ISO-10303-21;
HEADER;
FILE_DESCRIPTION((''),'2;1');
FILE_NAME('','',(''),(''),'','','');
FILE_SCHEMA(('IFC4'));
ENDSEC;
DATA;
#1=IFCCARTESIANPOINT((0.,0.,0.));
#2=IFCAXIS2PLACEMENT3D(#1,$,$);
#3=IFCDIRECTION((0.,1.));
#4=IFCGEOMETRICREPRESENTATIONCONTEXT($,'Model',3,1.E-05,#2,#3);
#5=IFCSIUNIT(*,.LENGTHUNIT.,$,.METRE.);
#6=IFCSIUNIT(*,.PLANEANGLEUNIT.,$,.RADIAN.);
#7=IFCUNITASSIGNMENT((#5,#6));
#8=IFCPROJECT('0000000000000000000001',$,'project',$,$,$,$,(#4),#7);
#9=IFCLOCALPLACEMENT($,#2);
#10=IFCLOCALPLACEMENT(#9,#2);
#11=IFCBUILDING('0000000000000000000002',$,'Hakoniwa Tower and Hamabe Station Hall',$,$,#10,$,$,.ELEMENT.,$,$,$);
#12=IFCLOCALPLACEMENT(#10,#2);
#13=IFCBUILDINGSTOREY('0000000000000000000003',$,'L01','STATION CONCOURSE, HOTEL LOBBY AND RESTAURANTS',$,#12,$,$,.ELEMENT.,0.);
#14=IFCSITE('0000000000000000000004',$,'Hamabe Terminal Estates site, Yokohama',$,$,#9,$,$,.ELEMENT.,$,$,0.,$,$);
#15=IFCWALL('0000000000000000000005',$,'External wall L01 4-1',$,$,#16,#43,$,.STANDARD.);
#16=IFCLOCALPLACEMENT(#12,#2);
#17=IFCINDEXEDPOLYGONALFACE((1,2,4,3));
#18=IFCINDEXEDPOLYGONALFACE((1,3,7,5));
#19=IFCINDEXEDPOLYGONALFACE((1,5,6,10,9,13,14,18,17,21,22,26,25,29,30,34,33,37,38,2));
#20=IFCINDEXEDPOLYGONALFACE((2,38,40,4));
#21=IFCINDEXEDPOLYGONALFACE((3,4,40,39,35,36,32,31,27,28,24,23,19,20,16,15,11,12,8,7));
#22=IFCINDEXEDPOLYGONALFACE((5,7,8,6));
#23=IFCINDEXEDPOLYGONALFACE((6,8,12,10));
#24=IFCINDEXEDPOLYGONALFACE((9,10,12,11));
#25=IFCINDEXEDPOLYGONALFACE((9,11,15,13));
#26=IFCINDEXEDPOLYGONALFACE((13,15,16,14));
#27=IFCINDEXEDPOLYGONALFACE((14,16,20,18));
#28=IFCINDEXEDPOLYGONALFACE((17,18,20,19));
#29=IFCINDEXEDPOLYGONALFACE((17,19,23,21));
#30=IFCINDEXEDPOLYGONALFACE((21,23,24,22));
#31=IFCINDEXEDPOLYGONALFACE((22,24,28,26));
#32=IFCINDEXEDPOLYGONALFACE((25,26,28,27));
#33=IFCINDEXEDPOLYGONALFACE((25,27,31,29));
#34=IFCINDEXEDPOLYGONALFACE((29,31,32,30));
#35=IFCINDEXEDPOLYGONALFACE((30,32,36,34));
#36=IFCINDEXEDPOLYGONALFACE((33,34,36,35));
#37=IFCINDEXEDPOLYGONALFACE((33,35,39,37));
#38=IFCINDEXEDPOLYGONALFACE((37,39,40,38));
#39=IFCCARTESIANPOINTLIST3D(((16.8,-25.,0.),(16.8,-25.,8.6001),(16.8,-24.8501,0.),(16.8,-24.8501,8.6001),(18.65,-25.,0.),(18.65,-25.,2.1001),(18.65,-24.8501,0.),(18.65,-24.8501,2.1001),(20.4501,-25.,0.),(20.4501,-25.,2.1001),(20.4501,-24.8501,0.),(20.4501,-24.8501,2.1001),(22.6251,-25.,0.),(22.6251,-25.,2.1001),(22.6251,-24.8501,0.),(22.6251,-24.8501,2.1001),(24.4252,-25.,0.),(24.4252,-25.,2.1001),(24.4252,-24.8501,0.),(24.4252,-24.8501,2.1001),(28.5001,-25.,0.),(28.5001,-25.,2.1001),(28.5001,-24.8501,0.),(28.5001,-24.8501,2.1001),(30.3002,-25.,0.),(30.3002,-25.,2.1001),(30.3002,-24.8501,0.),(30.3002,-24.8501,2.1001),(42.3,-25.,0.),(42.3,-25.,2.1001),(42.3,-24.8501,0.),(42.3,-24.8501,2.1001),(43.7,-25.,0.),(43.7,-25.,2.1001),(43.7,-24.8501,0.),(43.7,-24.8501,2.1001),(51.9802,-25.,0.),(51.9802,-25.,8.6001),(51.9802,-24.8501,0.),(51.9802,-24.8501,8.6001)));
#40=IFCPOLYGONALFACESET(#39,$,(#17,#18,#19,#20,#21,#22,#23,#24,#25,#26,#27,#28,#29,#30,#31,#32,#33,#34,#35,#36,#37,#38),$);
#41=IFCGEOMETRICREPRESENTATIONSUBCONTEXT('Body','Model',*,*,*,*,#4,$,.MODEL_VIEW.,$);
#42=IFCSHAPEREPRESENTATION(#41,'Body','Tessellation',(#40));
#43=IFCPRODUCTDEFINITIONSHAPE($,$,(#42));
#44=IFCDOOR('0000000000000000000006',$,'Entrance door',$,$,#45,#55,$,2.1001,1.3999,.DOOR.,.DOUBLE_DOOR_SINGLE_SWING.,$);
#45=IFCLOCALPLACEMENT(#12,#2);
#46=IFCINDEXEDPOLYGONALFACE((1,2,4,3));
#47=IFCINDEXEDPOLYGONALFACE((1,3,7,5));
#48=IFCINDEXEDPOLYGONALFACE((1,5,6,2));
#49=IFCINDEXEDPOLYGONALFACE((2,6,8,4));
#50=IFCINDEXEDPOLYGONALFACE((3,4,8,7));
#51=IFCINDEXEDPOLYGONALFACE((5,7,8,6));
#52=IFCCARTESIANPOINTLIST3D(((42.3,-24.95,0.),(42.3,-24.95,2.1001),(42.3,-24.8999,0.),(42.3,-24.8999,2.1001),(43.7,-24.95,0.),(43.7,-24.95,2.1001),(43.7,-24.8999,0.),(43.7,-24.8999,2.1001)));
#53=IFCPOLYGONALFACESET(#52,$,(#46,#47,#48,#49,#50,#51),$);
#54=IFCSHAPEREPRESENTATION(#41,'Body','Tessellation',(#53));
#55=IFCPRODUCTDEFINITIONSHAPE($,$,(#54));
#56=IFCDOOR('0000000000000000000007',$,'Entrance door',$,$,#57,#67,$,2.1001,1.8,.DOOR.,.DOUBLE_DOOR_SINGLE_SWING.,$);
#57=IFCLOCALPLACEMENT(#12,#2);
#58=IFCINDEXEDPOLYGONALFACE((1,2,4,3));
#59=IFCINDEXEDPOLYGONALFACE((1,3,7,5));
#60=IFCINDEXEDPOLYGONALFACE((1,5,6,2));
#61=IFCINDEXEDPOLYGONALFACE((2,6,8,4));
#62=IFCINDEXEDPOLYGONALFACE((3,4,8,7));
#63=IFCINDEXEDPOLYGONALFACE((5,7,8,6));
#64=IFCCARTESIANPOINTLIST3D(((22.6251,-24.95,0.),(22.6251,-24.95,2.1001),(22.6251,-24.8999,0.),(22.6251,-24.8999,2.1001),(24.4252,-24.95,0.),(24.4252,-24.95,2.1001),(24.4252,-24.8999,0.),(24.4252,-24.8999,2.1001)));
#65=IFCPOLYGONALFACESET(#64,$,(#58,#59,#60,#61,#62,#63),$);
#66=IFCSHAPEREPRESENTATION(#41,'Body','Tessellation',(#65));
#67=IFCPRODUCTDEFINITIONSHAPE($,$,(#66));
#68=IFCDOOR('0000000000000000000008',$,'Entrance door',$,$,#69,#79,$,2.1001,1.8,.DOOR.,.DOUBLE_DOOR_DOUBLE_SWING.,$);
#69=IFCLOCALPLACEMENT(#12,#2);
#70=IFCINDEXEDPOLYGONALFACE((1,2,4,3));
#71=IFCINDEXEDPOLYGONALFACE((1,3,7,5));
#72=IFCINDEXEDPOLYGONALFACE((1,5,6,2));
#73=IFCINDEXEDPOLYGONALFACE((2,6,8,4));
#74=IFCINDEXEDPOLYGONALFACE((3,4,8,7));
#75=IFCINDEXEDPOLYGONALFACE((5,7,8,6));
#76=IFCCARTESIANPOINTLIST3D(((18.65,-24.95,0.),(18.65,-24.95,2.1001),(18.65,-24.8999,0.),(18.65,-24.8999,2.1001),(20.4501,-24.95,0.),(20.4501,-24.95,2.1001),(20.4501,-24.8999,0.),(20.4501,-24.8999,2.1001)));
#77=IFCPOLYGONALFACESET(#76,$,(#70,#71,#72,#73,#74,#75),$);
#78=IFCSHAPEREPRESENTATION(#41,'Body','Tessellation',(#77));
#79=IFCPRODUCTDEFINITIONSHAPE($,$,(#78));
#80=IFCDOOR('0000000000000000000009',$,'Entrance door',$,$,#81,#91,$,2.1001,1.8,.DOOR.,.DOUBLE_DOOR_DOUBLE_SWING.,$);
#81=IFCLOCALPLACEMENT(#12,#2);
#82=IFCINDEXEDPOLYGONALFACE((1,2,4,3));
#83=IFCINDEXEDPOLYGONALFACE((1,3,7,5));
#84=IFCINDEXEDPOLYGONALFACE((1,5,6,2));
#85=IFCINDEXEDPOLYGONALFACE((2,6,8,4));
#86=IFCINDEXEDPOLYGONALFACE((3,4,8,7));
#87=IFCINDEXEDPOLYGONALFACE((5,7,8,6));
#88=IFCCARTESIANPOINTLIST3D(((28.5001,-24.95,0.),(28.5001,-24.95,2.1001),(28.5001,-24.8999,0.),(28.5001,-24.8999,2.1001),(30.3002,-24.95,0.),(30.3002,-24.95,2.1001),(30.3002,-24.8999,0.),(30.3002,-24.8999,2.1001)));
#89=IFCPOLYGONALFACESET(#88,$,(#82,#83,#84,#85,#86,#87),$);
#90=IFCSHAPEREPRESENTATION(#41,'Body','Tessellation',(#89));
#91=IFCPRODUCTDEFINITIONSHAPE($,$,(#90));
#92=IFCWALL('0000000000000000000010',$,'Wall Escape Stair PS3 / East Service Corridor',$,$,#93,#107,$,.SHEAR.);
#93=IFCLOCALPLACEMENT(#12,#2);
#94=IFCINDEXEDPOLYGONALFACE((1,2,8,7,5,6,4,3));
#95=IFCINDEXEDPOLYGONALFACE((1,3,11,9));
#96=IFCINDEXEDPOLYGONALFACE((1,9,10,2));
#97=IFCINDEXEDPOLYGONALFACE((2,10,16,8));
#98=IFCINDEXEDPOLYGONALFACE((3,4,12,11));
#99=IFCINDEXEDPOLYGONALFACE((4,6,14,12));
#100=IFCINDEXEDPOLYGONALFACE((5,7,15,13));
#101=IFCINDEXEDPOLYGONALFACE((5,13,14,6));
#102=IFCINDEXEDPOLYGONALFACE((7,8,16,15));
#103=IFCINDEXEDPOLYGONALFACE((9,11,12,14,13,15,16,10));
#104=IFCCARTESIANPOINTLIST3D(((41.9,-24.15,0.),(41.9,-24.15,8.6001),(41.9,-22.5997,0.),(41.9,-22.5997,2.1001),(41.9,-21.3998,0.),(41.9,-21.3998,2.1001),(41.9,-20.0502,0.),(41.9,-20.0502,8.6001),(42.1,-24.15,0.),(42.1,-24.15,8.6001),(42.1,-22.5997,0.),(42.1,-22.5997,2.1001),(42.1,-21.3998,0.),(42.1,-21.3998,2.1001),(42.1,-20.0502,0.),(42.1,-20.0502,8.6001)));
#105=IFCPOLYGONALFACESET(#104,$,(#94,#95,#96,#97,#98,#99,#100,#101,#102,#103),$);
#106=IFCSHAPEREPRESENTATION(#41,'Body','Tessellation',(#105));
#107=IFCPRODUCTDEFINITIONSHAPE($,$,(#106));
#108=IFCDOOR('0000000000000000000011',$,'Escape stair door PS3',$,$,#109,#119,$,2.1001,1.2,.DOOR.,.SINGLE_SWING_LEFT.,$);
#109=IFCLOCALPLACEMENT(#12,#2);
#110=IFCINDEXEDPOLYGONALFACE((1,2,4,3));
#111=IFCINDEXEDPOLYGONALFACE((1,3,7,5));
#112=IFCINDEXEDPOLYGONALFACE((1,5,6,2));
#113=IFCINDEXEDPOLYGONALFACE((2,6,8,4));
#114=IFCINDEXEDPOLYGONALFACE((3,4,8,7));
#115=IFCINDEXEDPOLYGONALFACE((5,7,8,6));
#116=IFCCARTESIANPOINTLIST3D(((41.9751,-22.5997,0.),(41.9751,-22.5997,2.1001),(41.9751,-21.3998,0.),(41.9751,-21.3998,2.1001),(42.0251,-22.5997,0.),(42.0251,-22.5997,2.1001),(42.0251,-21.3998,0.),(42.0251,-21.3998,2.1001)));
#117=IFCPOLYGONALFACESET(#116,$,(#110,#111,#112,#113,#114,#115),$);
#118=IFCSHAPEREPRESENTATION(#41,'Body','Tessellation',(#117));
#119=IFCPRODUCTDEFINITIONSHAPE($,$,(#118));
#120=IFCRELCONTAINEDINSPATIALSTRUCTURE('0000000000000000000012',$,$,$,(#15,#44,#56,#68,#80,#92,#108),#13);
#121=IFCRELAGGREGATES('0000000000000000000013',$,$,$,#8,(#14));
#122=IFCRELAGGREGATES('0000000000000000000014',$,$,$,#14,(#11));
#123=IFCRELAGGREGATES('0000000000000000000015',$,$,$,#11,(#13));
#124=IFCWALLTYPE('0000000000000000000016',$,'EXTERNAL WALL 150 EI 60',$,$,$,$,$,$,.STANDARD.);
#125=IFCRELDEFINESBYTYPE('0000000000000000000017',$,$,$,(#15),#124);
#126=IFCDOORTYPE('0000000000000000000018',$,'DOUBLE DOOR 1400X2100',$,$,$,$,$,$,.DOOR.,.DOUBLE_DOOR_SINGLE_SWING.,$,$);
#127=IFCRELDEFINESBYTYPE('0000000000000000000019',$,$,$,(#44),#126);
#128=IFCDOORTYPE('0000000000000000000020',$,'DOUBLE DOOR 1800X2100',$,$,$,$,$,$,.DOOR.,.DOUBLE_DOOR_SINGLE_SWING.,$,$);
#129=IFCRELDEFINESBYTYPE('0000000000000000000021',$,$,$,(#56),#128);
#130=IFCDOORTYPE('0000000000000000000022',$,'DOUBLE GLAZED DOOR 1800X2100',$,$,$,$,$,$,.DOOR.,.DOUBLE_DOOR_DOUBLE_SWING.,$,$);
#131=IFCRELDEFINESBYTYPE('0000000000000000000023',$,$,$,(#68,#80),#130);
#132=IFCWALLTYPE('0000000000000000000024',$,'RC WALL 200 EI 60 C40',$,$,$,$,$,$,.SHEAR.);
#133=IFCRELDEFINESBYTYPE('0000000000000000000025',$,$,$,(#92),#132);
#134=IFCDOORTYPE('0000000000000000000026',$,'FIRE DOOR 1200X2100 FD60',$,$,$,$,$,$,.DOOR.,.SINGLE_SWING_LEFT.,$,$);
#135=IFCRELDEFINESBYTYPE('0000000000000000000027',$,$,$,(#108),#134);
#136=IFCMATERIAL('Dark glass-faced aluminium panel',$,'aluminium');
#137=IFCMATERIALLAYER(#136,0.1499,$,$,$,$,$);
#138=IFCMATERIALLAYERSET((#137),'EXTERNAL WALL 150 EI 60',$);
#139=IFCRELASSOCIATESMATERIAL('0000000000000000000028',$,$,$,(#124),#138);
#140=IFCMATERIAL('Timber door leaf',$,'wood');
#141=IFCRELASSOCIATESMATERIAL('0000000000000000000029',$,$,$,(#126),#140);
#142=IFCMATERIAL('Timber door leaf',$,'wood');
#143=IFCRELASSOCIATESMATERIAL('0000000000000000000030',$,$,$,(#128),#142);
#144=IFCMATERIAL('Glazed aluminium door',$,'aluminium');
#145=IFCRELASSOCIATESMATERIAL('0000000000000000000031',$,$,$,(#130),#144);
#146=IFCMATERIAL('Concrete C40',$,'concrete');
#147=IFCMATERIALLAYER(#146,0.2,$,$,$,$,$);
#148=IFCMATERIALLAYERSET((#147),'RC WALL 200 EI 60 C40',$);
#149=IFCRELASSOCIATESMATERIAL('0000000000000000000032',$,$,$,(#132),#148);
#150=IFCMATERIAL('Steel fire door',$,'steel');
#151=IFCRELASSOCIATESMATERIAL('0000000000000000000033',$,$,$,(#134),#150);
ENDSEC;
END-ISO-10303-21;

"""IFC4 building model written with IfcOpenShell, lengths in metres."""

from ifc_helpers import new_model, si_unit, direction, frame, frame_2d, origin, place, context, subcontext, project, spatial, rectangle, extrude, material, layer, layer_set, type_object, element, fill, save


model = new_model("IFC4")

# Units and contexts
model_context = context("Model", 3, precision=1e-05, world=origin(), true_north=direction((0.0, 1.0)))
body_context = subcontext(model_context, "Body", "Model", "MODEL_VIEW")
ifc_project = project(units=[si_unit("LENGTHUNIT", "METRE"), si_unit("PLANEANGLEUNIT", "RADIAN")], contexts=[model_context])

# Site, building, storey
site_placement = place(None, origin())
site = spatial("IfcSite", under=ifc_project, at=site_placement, Name="Hamabe Terminal Estates site, Yokohama", CompositionType="ELEMENT", RefElevation=0.0)
building_placement = place(site_placement, origin())
building = spatial("IfcBuilding", under=site, at=building_placement, Name="Hakoniwa Tower and Hamabe Station Hall", CompositionType="ELEMENT")
storey_placement = place(building_placement, origin())
storey = spatial("IfcBuildingStorey", under=building, at=storey_placement, Name="L01", Description="STATION CONCOURSE, HOTEL LOBBY AND RESTAURANTS", CompositionType="ELEMENT", Elevation=0.0)

# Shared definitions
ifc_material_1 = material(Name="Dark glass-faced aluminium panel", Category="aluminium")
ifc_layer_1 = layer(ifc_material_1, 0.1499)
ifc_layer_set_1 = layer_set([ifc_layer_1], Name="EXTERNAL WALL 150 EI 60")
wall_type_1 = type_object("IfcWallType", Name="EXTERNAL WALL 150 EI 60", PredefinedType="STANDARD", material=ifc_layer_set_1)

# Wall, openings, doors
wall_1_placement = place(storey_placement, frame((51.9802, -24.925, 0.0), z_axis=(0.0, 0.0, 1.0), x_axis=(-1.0, 0.0, 0.0)))
wall_1 = element("IfcWall", 1, at=wall_1_placement, inside=storey, type_object=wall_type_1, Name="External wall L01 4-1", PredefinedType="STANDARD", context=body_context, shape_type="SweptSolid", body=[
    extrude(rectangle(XDim=35.1802, YDim=0.1499, at=frame_2d((17.5901, 0.0))), origin(), (0.0, 0.0, 1.0), 8.6001),
])
opening_1_placement = place(wall_1_placement, frame((8.2803, 0.0, 0.0)))
opening_1 = element("IfcOpeningElement", 2, at=opening_1_placement, cuts=wall_1, PredefinedType="OPENING", context=body_context, shape_type="SweptSolid", body=[
    extrude(rectangle(XDim=1.3999, YDim=2.1001, at=frame_2d((0.7, 1.05))), frame((0.0, 0.085, 0.0), z_axis=(0.0, -1.0, 0.0), x_axis=(1.0, 0.0, 0.0)), (0.0, 0.0, 1.0), 0.1699),
])
opening_2_placement = place(wall_1_placement, frame((27.5552, 0.0, 0.0)))
opening_2 = element("IfcOpeningElement", 3, at=opening_2_placement, cuts=wall_1, PredefinedType="OPENING", context=body_context, shape_type="SweptSolid", body=[
    extrude(rectangle(XDim=1.8, YDim=2.1001, at=frame_2d((0.8999, 1.05))), frame((0.0, 0.085, 0.0), z_axis=(0.0, -1.0, 0.0), x_axis=(1.0, 0.0, 0.0)), (0.0, 0.0, 1.0), 0.1699),
])
opening_3_placement = place(wall_1_placement, frame((31.5303, 0.0, 0.0)))
opening_3 = element("IfcOpeningElement", 4, at=opening_3_placement, cuts=wall_1, PredefinedType="OPENING", context=body_context, shape_type="SweptSolid", body=[
    extrude(rectangle(XDim=1.8, YDim=2.1001, at=frame_2d((0.8999, 1.05))), frame((0.0, 0.085, 0.0), z_axis=(0.0, -1.0, 0.0), x_axis=(1.0, 0.0, 0.0)), (0.0, 0.0, 1.0), 0.1699),
])
opening_4_placement = place(wall_1_placement, frame((21.6802, 0.0, 0.0)))
opening_4 = element("IfcOpeningElement", 5, at=opening_4_placement, cuts=wall_1, PredefinedType="OPENING", context=body_context, shape_type="SweptSolid", body=[
    extrude(rectangle(XDim=1.8, YDim=2.1001, at=frame_2d((0.8999, 1.05))), frame((0.0, 0.085, 0.0), z_axis=(0.0, -1.0, 0.0), x_axis=(1.0, 0.0, 0.0)), (0.0, 0.0, 1.0), 0.1699),
])
ifc_material_2 = material(Name="Timber door leaf", Category="wood")
door_type_1 = type_object("IfcDoorType", Name="DOUBLE DOOR 1400X2100", OperationType="DOUBLE_DOOR_SINGLE_SWING", PredefinedType="DOOR", material=ifc_material_2)
door_1_placement = place(opening_1_placement, origin())
door_1 = element("IfcDoor", 6, at=door_1_placement, inside=storey, type_object=door_type_1, Name="Entrance door", OperationType="DOUBLE_DOOR_SINGLE_SWING", OverallHeight=2.1001, OverallWidth=1.3999, PredefinedType="DOOR", context=body_context, shape_type="SweptSolid", body=[
    extrude(rectangle(XDim=1.3999, YDim=2.1001, at=frame_2d((0.7, 1.05))), frame((0.0, 0.0249, 0.0), z_axis=(0.0, -1.0, 0.0), x_axis=(1.0, 0.0, 0.0)), (0.0, 0.0, 1.0), 0.05),
])
fill(opening_1, door_1)
ifc_material_3 = material(Name="Timber door leaf", Category="wood")
door_type_2 = type_object("IfcDoorType", Name="DOUBLE DOOR 1800X2100", OperationType="DOUBLE_DOOR_SINGLE_SWING", PredefinedType="DOOR", material=ifc_material_3)
door_2_placement = place(opening_2_placement, origin())
door_2 = element("IfcDoor", 7, at=door_2_placement, inside=storey, type_object=door_type_2, Name="Entrance door", OperationType="DOUBLE_DOOR_SINGLE_SWING", OverallHeight=2.1001, OverallWidth=1.8, PredefinedType="DOOR", context=body_context, shape_type="SweptSolid", body=[
    extrude(rectangle(XDim=1.8, YDim=2.1001, at=frame_2d((0.8999, 1.05))), frame((0.0, 0.0249, 0.0), z_axis=(0.0, -1.0, 0.0), x_axis=(1.0, 0.0, 0.0)), (0.0, 0.0, 1.0), 0.05),
])
fill(opening_2, door_2)
ifc_material_4 = material(Name="Glazed aluminium door", Category="aluminium")
door_type_3 = type_object("IfcDoorType", Name="DOUBLE GLAZED DOOR 1800X2100", OperationType="DOUBLE_DOOR_DOUBLE_SWING", PredefinedType="DOOR", material=ifc_material_4)
door_3_placement = place(opening_3_placement, origin())
door_3 = element("IfcDoor", 8, at=door_3_placement, inside=storey, type_object=door_type_3, Name="Entrance door", OperationType="DOUBLE_DOOR_DOUBLE_SWING", OverallHeight=2.1001, OverallWidth=1.8, PredefinedType="DOOR", context=body_context, shape_type="SweptSolid", body=[
    extrude(rectangle(XDim=1.8, YDim=2.1001, at=frame_2d((0.8999, 1.05))), frame((0.0, 0.0249, 0.0), z_axis=(0.0, -1.0, 0.0), x_axis=(1.0, 0.0, 0.0)), (0.0, 0.0, 1.0), 0.05),
])
fill(opening_3, door_3)
door_4_placement = place(opening_4_placement, origin())
door_4 = element("IfcDoor", 9, at=door_4_placement, inside=storey, type_object=door_type_3, Name="Entrance door", OperationType="DOUBLE_DOOR_DOUBLE_SWING", OverallHeight=2.1001, OverallWidth=1.8, PredefinedType="DOOR", context=body_context, shape_type="SweptSolid", body=[
    extrude(rectangle(XDim=1.8, YDim=2.1001, at=frame_2d((0.8999, 1.05))), frame((0.0, 0.0249, 0.0), z_axis=(0.0, -1.0, 0.0), x_axis=(1.0, 0.0, 0.0)), (0.0, 0.0, 1.0), 0.05),
])
fill(opening_4, door_4)

# Wall, opening, door
ifc_material_5 = material(Name="Concrete C40", Category="concrete")
ifc_layer_2 = layer(ifc_material_5, 0.2)
ifc_layer_set_2 = layer_set([ifc_layer_2], Name="RC WALL 200 EI 60 C40")
wall_type_2 = type_object("IfcWallType", Name="RC WALL 200 EI 60 C40", PredefinedType="SHEAR", material=ifc_layer_set_2)
wall_2_placement = place(storey_placement, frame((42.0, -24.1499, 0.0), z_axis=(0.0, 0.0, 1.0), x_axis=(0.0, 1.0, 0.0)))
wall_2 = element("IfcWall", 10, at=wall_2_placement, inside=storey, type_object=wall_type_2, Name="Wall Escape Stair PS3 / East Service Corridor", PredefinedType="SHEAR", context=body_context, shape_type="SweptSolid", body=[
    extrude(rectangle(XDim=4.0999, YDim=0.2, at=frame_2d((2.0498, 0.0))), origin(), (0.0, 0.0, 1.0), 8.6001),
])
opening_5_placement = place(wall_2_placement, frame((1.55, 0.0, 0.0)))
opening_5 = element("IfcOpeningElement", 11, at=opening_5_placement, cuts=wall_2, PredefinedType="OPENING", context=body_context, shape_type="SweptSolid", body=[
    extrude(rectangle(XDim=1.2, YDim=2.1001, at=frame_2d((0.6001, 1.05))), frame((0.0, 0.1099, 0.0), z_axis=(0.0, -1.0, 0.0), x_axis=(1.0, 0.0, 0.0)), (0.0, 0.0, 1.0), 0.22),
])
ifc_material_6 = material(Name="Steel fire door", Category="steel")
door_type_4 = type_object("IfcDoorType", Name="FIRE DOOR 1200X2100 FD60", OperationType="SINGLE_SWING_LEFT", PredefinedType="DOOR", material=ifc_material_6)
door_5_placement = place(opening_5_placement, origin())
door_5 = element("IfcDoor", 12, at=door_5_placement, inside=storey, type_object=door_type_4, Name="Escape stair door PS3", OperationType="SINGLE_SWING_LEFT", OverallHeight=2.1001, OverallWidth=1.2, PredefinedType="DOOR", context=body_context, shape_type="SweptSolid", body=[
    extrude(rectangle(XDim=1.2, YDim=2.1001, at=frame_2d((0.6001, 1.05))), frame((0.0, 0.0249, 0.0), z_axis=(0.0, -1.0, 0.0), x_axis=(1.0, 0.0, 0.0)), (0.0, 0.0, 1.0), 0.05),
])
fill(opening_5, door_5)

save(model, "model.ifc")
